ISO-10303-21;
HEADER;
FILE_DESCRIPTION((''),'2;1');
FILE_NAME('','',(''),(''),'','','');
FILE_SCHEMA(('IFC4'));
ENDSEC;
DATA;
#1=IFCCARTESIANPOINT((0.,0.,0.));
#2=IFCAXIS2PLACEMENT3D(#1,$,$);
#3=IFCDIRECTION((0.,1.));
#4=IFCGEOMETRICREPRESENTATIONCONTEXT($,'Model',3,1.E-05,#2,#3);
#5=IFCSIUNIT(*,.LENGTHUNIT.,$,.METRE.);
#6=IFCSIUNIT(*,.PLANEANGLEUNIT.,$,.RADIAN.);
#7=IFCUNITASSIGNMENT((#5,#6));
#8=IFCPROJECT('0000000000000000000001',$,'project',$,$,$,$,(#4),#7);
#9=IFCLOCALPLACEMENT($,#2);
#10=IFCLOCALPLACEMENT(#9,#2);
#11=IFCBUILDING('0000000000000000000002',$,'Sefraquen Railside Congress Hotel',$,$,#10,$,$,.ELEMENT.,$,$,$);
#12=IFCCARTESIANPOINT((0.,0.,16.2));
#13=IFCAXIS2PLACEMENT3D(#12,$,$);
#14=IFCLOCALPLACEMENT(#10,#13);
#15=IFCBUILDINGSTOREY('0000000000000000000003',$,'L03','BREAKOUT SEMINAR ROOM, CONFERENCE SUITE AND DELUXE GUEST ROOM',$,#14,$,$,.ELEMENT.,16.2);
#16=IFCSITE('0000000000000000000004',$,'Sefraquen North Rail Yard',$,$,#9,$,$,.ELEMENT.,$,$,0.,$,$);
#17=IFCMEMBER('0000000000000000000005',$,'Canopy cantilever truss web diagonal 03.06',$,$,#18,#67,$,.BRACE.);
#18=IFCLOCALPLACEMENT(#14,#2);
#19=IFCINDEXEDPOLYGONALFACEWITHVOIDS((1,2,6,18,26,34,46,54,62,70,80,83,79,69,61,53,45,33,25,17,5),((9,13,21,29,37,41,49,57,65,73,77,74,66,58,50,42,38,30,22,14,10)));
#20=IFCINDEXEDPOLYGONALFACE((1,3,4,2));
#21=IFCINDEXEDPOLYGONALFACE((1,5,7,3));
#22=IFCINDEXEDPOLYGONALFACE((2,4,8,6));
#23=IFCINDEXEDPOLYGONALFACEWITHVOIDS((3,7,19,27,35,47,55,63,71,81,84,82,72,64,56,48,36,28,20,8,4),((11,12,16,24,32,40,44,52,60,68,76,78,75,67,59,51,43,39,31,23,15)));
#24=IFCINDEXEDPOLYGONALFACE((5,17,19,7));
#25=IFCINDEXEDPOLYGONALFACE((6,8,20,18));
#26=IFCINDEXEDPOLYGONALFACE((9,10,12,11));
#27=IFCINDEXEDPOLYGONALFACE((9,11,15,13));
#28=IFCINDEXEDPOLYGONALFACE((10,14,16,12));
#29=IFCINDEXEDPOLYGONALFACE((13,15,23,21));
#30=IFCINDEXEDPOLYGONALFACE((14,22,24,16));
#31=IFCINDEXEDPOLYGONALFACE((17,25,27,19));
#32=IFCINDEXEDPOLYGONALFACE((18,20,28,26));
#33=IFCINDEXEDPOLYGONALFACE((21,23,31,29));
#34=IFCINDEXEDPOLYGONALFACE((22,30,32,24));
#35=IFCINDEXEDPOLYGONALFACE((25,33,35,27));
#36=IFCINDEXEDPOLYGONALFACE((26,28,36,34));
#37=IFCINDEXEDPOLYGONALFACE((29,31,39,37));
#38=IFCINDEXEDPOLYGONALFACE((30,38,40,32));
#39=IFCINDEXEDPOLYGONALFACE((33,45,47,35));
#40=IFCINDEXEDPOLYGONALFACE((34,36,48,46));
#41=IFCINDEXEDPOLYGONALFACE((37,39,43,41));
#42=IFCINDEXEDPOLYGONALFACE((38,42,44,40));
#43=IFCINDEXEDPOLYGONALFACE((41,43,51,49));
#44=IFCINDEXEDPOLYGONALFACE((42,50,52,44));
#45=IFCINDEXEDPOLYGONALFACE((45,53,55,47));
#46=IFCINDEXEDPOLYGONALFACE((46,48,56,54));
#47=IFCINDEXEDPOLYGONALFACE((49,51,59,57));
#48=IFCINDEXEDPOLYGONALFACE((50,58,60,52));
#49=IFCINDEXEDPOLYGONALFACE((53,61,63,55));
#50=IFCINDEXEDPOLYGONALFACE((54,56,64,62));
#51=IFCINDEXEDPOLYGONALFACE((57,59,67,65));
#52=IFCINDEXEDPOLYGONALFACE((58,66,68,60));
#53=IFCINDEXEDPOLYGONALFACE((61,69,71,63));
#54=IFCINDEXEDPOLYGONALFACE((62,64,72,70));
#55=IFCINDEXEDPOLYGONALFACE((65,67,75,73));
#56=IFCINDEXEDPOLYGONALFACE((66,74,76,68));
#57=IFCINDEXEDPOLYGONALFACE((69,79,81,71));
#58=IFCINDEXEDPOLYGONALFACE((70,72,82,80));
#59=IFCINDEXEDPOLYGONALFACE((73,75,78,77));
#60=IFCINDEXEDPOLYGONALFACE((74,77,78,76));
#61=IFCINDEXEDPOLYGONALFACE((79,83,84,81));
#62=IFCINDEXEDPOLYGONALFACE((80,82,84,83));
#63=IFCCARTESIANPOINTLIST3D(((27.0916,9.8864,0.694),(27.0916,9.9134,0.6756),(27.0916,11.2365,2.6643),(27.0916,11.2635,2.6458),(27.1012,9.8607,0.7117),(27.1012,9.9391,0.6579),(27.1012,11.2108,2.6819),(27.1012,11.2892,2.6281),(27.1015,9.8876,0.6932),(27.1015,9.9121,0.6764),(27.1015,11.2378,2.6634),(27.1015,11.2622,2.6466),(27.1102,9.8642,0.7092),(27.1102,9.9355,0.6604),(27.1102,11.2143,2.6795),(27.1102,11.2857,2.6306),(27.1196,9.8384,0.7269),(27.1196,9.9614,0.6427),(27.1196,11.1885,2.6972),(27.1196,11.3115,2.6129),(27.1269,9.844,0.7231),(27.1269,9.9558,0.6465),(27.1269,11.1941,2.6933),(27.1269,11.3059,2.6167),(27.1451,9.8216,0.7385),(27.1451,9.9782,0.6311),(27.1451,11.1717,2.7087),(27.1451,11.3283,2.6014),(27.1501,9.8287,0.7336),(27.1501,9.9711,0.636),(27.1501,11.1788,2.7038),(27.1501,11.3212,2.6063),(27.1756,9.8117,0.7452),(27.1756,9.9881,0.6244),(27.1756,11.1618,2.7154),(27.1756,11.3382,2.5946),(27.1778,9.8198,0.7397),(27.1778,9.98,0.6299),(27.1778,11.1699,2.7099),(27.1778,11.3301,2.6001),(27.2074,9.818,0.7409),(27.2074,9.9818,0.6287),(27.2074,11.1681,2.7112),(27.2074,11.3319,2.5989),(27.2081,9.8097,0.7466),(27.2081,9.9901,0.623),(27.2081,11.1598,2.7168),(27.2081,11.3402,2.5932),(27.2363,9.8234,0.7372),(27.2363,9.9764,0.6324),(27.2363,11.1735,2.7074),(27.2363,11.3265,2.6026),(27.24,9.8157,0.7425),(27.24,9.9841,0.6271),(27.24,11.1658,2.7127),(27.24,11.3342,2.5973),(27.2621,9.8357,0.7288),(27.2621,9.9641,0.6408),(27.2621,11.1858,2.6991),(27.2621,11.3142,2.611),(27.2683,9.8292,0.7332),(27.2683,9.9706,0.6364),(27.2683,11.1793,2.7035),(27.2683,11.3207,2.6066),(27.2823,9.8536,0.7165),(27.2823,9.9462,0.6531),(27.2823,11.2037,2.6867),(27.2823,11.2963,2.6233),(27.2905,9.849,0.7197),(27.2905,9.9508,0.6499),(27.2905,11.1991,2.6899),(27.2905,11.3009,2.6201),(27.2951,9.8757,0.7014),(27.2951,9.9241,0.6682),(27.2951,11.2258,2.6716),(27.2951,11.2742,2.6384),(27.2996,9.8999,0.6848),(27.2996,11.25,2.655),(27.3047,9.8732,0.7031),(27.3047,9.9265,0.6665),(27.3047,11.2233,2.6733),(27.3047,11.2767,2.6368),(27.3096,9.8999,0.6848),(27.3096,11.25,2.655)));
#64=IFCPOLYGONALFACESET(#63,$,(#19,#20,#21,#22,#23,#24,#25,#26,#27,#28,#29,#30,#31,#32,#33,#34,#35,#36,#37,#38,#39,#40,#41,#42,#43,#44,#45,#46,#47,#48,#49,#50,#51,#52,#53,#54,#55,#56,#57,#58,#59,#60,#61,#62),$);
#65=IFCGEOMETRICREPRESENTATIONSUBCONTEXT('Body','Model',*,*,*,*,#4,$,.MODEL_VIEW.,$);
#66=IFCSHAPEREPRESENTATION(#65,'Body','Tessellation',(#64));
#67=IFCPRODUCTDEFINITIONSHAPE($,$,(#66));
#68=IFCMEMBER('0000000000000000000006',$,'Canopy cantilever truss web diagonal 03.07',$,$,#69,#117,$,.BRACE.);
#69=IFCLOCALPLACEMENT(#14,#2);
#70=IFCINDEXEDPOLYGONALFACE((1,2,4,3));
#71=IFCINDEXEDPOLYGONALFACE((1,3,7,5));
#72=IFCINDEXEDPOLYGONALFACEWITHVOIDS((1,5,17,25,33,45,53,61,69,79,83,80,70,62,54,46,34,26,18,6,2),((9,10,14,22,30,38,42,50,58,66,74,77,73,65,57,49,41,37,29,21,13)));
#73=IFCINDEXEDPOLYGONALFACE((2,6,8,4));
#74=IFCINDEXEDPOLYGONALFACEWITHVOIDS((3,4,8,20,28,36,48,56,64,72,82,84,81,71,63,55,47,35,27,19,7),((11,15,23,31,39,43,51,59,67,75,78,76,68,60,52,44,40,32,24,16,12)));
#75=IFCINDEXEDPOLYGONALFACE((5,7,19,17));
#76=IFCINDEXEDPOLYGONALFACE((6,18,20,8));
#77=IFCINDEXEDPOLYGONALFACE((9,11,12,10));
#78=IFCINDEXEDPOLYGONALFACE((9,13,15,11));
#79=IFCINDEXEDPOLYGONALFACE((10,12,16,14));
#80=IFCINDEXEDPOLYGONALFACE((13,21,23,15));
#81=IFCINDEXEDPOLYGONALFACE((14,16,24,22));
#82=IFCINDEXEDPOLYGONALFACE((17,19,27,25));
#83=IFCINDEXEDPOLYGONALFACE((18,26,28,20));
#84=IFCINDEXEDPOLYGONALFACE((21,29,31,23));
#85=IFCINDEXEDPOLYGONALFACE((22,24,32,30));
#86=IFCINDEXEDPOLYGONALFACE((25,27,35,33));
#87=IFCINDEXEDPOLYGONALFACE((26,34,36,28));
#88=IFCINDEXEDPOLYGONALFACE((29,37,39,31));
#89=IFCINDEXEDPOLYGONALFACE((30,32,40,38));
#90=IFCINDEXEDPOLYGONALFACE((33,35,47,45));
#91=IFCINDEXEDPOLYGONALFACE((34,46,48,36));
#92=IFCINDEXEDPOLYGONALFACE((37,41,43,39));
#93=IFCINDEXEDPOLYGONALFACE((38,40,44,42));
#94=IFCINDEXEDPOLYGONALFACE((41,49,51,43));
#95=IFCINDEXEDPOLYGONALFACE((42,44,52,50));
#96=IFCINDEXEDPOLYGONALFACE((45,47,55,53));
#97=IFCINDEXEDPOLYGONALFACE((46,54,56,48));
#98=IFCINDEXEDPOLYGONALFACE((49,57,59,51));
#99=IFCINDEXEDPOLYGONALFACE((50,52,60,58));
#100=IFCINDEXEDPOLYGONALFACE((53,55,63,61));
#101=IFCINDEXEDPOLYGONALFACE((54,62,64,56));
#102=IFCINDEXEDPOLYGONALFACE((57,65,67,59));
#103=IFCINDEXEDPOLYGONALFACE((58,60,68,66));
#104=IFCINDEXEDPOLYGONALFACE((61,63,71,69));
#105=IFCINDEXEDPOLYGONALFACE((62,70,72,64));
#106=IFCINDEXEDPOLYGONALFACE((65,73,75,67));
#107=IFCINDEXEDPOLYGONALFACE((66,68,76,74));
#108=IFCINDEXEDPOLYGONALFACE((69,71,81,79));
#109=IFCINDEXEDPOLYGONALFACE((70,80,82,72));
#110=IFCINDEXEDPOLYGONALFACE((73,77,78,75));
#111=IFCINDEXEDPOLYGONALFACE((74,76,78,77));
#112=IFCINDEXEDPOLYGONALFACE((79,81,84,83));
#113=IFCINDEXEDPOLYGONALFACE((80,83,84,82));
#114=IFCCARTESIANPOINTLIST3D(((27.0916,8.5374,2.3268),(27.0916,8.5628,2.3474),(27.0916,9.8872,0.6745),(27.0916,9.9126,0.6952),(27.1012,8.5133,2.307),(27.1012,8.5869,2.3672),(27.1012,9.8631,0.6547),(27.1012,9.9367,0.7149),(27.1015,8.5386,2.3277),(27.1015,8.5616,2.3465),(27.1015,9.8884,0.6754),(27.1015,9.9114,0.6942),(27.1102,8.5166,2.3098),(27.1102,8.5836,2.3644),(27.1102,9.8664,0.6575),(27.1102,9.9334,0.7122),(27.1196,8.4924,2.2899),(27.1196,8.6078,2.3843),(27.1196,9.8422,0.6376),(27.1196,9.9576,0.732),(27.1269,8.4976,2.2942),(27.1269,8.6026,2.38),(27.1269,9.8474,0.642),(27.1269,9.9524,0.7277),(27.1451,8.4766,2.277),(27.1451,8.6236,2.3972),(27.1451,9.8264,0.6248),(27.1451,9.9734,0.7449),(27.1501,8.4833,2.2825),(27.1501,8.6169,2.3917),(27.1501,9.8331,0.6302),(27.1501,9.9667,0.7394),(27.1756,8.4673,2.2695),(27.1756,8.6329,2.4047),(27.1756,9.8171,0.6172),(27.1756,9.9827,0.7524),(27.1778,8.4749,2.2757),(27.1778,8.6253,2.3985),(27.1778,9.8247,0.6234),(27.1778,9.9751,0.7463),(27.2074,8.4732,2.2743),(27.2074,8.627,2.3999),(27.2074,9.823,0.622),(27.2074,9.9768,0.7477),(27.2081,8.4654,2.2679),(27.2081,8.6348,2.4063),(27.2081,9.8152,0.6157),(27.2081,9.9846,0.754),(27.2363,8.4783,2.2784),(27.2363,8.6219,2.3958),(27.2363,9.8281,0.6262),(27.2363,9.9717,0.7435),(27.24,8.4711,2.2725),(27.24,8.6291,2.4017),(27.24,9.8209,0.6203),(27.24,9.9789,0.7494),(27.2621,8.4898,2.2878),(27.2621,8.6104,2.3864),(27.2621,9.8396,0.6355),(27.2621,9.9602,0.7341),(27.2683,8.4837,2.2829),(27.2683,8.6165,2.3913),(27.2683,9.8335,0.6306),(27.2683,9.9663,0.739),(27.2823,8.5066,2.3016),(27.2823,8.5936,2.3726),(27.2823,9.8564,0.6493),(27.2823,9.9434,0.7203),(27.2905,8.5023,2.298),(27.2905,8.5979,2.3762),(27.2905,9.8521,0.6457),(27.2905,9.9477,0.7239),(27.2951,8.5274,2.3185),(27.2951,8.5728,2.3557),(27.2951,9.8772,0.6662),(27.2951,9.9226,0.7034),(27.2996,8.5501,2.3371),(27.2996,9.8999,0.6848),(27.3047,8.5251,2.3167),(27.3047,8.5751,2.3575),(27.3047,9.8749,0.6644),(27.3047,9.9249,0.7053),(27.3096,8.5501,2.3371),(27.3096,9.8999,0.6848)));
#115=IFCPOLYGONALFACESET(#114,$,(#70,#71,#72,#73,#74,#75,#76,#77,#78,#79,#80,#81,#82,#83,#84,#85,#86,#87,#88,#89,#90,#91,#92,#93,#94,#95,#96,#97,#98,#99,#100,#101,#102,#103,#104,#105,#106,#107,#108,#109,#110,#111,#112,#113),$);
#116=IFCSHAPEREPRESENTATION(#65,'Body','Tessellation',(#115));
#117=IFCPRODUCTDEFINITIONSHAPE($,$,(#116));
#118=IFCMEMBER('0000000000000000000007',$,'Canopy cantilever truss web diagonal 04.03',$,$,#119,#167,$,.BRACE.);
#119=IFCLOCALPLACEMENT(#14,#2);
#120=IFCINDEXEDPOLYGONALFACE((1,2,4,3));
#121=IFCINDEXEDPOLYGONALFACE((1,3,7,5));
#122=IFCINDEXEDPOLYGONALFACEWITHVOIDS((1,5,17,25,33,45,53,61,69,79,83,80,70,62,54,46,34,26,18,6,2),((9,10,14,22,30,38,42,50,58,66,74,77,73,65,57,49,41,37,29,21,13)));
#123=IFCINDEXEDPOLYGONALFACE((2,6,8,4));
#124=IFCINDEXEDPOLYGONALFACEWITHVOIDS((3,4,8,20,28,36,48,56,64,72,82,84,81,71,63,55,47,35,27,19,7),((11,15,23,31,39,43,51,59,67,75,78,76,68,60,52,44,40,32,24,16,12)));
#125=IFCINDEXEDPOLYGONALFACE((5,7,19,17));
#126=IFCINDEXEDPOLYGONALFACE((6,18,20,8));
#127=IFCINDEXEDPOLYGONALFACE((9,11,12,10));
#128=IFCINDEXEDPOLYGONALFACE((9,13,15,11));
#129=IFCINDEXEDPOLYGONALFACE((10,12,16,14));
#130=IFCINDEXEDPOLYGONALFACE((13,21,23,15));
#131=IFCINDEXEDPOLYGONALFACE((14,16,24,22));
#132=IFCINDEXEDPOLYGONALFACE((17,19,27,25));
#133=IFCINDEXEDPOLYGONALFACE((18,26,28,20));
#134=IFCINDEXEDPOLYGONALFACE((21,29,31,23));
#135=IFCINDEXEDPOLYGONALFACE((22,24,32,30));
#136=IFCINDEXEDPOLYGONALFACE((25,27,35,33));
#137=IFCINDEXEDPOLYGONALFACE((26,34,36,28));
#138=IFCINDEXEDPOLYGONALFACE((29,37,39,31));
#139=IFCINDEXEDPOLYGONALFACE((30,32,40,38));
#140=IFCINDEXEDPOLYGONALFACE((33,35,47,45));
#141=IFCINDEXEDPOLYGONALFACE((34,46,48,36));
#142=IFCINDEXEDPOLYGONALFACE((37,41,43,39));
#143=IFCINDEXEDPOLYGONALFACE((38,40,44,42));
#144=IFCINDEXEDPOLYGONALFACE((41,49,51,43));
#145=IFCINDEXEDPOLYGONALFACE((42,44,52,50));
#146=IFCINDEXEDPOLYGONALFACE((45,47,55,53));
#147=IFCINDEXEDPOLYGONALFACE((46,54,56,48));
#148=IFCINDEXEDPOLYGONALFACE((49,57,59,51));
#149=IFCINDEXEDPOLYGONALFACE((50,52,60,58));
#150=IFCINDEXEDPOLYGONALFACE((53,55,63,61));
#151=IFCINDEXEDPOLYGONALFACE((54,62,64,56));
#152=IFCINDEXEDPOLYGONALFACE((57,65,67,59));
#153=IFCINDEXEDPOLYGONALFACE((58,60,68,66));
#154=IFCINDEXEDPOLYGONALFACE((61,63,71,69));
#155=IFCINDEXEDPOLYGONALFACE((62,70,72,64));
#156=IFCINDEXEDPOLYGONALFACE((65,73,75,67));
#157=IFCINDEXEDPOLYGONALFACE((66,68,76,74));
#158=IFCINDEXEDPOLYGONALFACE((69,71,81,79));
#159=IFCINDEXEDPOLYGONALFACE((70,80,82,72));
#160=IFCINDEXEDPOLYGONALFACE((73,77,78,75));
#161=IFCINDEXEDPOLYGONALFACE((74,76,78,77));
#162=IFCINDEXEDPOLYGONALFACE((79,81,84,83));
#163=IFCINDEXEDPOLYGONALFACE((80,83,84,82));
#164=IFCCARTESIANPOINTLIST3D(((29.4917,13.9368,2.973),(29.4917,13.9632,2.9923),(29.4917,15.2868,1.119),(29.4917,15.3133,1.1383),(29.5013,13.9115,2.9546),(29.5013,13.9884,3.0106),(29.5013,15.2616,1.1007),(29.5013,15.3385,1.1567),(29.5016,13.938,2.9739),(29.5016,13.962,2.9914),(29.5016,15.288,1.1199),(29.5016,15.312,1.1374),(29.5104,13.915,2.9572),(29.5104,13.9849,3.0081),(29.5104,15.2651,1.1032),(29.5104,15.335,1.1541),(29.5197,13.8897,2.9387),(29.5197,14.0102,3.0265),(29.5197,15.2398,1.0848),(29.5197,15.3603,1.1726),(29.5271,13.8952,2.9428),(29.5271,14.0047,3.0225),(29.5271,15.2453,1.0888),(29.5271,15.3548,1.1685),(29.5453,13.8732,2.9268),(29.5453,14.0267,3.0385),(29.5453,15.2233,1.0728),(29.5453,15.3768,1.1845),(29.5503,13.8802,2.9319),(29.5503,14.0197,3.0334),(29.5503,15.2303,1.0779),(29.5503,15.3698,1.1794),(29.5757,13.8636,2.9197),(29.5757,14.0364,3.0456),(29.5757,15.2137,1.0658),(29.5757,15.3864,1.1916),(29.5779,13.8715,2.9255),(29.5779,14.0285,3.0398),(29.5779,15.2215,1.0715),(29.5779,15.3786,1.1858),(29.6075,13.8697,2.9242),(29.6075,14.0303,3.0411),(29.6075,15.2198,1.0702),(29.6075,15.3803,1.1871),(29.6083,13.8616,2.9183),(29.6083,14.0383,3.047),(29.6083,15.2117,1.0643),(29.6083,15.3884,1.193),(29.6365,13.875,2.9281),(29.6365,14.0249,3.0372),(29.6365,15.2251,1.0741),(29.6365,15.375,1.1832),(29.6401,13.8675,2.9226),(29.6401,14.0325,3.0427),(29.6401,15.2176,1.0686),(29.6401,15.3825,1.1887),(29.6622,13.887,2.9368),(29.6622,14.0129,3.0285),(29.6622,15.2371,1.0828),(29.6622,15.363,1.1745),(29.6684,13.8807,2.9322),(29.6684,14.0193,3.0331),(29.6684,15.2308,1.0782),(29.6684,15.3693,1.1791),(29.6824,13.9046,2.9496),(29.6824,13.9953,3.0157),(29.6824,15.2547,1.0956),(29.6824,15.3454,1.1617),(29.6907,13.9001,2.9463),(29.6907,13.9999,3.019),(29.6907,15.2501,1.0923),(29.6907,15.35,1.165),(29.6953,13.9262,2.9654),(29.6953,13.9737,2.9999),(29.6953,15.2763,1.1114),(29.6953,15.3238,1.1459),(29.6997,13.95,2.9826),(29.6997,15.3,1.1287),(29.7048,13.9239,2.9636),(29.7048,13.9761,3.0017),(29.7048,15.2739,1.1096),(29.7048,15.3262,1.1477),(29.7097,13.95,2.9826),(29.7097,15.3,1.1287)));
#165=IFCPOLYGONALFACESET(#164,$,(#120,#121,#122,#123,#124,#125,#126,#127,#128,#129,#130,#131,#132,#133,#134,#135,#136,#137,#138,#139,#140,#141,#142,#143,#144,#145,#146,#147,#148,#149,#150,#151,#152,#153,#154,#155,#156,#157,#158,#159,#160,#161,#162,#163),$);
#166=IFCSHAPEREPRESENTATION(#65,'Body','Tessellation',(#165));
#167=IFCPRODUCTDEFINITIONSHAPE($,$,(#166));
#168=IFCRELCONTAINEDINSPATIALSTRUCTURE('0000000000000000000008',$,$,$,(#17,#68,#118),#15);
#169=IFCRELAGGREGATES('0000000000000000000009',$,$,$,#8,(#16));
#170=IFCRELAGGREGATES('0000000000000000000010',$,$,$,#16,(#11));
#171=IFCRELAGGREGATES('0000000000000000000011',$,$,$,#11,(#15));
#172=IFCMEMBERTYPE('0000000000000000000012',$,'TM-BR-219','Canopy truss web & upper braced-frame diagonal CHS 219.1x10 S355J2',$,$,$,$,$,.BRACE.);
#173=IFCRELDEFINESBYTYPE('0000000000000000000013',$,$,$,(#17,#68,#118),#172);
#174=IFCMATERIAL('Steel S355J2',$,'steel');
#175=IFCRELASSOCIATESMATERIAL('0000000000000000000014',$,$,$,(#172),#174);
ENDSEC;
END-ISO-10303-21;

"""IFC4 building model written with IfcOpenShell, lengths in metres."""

from ifc_helpers import new_model, si_unit, direction, frame, origin, origin_2d, place, context, subcontext, project, spatial, hollow_circle, extrude, material, material_profile, profile_set, type_object, element, save


model = new_model("IFC4")

# Units and contexts
model_context = context("Model", 3, precision=1e-05, world=origin(), true_north=direction((0.0, 1.0)))
body_context = subcontext(model_context, "Body", "Model", "MODEL_VIEW")
ifc_project = project(units=[si_unit("LENGTHUNIT", "METRE"), si_unit("PLANEANGLEUNIT", "RADIAN")], contexts=[model_context])

# Site, building, storey
site_placement = place(None, origin())
site = spatial("IfcSite", under=ifc_project, at=site_placement, Name="Sefraquen North Rail Yard", CompositionType="ELEMENT", RefElevation=0.0)
building_placement = place(site_placement, origin())
building = spatial("IfcBuilding", under=site, at=building_placement, Name="Sefraquen Railside Congress Hotel", CompositionType="ELEMENT")
storey_placement = place(building_placement, frame((0.0, 0.0, 16.2)))
storey = spatial("IfcBuildingStorey", under=building, at=storey_placement, Name="L03", Description="BREAKOUT SEMINAR ROOM, CONFERENCE SUITE AND DELUXE GUEST ROOM", CompositionType="ELEMENT", Elevation=16.2)

# Members
ifc_material = material(Name="Steel S355J2", Category="steel")
ifc_material_profile = material_profile(ifc_material, hollow_circle(Radius=0.1096, WallThickness=0.01, at=origin_2d()), Name="CHS 219.1x10")
ifc_profile_set = profile_set([ifc_material_profile], Name="Steel S355J2")
member_type = type_object("IfcMemberType", Name="TM-BR-219", Description="Canopy truss web & upper braced-frame diagonal CHS 219.1x10 S355J2", PredefinedType="BRACE", material=ifc_profile_set)
member_1_placement = place(storey_placement, frame((27.2, 11.25, 2.655), z_axis=(0.0, -0.56527, -0.824906), x_axis=(1.0, 0.0, 0.0)))
element("IfcMember", 1, at=member_1_placement, inside=storey, type_object=member_type, Name="Canopy cantilever truss web diagonal 03.06", PredefinedType="BRACE", context=body_context, shape_type="SweptSolid", body=[
    extrude(hollow_circle(Radius=0.1096, WallThickness=0.01, at=origin_2d()), origin(), (0.0, 0.0, 1.0), 2.3884),
])
member_2_placement = place(storey_placement, frame((27.2, 9.8999, 0.6848), z_axis=(0.0, -0.632658, 0.774431), x_axis=(1.0, 0.0, 0.0)))
element("IfcMember", 2, at=member_2_placement, inside=storey, type_object=member_type, Name="Canopy cantilever truss web diagonal 03.07", PredefinedType="BRACE", context=body_context, shape_type="SweptSolid", body=[
    extrude(hollow_circle(Radius=0.1096, WallThickness=0.01, at=origin_2d()), origin(), (0.0, 0.0, 1.0), 2.1335),
])
member_3_placement = place(storey_placement, frame((29.6001, 15.3, 1.1287), z_axis=(0.0, -0.588665, 0.808377), x_axis=(1.0, 0.0, 0.0)))
element("IfcMember", 3, at=member_3_placement, inside=storey, type_object=member_type, Name="Canopy cantilever truss web diagonal 04.03", PredefinedType="BRACE", context=body_context, shape_type="SweptSolid", body=[
    extrude(hollow_circle(Radius=0.1096, WallThickness=0.01, at=origin_2d()), origin(), (0.0, 0.0, 1.0), 2.2935),
])

save(model, "model.ifc")
